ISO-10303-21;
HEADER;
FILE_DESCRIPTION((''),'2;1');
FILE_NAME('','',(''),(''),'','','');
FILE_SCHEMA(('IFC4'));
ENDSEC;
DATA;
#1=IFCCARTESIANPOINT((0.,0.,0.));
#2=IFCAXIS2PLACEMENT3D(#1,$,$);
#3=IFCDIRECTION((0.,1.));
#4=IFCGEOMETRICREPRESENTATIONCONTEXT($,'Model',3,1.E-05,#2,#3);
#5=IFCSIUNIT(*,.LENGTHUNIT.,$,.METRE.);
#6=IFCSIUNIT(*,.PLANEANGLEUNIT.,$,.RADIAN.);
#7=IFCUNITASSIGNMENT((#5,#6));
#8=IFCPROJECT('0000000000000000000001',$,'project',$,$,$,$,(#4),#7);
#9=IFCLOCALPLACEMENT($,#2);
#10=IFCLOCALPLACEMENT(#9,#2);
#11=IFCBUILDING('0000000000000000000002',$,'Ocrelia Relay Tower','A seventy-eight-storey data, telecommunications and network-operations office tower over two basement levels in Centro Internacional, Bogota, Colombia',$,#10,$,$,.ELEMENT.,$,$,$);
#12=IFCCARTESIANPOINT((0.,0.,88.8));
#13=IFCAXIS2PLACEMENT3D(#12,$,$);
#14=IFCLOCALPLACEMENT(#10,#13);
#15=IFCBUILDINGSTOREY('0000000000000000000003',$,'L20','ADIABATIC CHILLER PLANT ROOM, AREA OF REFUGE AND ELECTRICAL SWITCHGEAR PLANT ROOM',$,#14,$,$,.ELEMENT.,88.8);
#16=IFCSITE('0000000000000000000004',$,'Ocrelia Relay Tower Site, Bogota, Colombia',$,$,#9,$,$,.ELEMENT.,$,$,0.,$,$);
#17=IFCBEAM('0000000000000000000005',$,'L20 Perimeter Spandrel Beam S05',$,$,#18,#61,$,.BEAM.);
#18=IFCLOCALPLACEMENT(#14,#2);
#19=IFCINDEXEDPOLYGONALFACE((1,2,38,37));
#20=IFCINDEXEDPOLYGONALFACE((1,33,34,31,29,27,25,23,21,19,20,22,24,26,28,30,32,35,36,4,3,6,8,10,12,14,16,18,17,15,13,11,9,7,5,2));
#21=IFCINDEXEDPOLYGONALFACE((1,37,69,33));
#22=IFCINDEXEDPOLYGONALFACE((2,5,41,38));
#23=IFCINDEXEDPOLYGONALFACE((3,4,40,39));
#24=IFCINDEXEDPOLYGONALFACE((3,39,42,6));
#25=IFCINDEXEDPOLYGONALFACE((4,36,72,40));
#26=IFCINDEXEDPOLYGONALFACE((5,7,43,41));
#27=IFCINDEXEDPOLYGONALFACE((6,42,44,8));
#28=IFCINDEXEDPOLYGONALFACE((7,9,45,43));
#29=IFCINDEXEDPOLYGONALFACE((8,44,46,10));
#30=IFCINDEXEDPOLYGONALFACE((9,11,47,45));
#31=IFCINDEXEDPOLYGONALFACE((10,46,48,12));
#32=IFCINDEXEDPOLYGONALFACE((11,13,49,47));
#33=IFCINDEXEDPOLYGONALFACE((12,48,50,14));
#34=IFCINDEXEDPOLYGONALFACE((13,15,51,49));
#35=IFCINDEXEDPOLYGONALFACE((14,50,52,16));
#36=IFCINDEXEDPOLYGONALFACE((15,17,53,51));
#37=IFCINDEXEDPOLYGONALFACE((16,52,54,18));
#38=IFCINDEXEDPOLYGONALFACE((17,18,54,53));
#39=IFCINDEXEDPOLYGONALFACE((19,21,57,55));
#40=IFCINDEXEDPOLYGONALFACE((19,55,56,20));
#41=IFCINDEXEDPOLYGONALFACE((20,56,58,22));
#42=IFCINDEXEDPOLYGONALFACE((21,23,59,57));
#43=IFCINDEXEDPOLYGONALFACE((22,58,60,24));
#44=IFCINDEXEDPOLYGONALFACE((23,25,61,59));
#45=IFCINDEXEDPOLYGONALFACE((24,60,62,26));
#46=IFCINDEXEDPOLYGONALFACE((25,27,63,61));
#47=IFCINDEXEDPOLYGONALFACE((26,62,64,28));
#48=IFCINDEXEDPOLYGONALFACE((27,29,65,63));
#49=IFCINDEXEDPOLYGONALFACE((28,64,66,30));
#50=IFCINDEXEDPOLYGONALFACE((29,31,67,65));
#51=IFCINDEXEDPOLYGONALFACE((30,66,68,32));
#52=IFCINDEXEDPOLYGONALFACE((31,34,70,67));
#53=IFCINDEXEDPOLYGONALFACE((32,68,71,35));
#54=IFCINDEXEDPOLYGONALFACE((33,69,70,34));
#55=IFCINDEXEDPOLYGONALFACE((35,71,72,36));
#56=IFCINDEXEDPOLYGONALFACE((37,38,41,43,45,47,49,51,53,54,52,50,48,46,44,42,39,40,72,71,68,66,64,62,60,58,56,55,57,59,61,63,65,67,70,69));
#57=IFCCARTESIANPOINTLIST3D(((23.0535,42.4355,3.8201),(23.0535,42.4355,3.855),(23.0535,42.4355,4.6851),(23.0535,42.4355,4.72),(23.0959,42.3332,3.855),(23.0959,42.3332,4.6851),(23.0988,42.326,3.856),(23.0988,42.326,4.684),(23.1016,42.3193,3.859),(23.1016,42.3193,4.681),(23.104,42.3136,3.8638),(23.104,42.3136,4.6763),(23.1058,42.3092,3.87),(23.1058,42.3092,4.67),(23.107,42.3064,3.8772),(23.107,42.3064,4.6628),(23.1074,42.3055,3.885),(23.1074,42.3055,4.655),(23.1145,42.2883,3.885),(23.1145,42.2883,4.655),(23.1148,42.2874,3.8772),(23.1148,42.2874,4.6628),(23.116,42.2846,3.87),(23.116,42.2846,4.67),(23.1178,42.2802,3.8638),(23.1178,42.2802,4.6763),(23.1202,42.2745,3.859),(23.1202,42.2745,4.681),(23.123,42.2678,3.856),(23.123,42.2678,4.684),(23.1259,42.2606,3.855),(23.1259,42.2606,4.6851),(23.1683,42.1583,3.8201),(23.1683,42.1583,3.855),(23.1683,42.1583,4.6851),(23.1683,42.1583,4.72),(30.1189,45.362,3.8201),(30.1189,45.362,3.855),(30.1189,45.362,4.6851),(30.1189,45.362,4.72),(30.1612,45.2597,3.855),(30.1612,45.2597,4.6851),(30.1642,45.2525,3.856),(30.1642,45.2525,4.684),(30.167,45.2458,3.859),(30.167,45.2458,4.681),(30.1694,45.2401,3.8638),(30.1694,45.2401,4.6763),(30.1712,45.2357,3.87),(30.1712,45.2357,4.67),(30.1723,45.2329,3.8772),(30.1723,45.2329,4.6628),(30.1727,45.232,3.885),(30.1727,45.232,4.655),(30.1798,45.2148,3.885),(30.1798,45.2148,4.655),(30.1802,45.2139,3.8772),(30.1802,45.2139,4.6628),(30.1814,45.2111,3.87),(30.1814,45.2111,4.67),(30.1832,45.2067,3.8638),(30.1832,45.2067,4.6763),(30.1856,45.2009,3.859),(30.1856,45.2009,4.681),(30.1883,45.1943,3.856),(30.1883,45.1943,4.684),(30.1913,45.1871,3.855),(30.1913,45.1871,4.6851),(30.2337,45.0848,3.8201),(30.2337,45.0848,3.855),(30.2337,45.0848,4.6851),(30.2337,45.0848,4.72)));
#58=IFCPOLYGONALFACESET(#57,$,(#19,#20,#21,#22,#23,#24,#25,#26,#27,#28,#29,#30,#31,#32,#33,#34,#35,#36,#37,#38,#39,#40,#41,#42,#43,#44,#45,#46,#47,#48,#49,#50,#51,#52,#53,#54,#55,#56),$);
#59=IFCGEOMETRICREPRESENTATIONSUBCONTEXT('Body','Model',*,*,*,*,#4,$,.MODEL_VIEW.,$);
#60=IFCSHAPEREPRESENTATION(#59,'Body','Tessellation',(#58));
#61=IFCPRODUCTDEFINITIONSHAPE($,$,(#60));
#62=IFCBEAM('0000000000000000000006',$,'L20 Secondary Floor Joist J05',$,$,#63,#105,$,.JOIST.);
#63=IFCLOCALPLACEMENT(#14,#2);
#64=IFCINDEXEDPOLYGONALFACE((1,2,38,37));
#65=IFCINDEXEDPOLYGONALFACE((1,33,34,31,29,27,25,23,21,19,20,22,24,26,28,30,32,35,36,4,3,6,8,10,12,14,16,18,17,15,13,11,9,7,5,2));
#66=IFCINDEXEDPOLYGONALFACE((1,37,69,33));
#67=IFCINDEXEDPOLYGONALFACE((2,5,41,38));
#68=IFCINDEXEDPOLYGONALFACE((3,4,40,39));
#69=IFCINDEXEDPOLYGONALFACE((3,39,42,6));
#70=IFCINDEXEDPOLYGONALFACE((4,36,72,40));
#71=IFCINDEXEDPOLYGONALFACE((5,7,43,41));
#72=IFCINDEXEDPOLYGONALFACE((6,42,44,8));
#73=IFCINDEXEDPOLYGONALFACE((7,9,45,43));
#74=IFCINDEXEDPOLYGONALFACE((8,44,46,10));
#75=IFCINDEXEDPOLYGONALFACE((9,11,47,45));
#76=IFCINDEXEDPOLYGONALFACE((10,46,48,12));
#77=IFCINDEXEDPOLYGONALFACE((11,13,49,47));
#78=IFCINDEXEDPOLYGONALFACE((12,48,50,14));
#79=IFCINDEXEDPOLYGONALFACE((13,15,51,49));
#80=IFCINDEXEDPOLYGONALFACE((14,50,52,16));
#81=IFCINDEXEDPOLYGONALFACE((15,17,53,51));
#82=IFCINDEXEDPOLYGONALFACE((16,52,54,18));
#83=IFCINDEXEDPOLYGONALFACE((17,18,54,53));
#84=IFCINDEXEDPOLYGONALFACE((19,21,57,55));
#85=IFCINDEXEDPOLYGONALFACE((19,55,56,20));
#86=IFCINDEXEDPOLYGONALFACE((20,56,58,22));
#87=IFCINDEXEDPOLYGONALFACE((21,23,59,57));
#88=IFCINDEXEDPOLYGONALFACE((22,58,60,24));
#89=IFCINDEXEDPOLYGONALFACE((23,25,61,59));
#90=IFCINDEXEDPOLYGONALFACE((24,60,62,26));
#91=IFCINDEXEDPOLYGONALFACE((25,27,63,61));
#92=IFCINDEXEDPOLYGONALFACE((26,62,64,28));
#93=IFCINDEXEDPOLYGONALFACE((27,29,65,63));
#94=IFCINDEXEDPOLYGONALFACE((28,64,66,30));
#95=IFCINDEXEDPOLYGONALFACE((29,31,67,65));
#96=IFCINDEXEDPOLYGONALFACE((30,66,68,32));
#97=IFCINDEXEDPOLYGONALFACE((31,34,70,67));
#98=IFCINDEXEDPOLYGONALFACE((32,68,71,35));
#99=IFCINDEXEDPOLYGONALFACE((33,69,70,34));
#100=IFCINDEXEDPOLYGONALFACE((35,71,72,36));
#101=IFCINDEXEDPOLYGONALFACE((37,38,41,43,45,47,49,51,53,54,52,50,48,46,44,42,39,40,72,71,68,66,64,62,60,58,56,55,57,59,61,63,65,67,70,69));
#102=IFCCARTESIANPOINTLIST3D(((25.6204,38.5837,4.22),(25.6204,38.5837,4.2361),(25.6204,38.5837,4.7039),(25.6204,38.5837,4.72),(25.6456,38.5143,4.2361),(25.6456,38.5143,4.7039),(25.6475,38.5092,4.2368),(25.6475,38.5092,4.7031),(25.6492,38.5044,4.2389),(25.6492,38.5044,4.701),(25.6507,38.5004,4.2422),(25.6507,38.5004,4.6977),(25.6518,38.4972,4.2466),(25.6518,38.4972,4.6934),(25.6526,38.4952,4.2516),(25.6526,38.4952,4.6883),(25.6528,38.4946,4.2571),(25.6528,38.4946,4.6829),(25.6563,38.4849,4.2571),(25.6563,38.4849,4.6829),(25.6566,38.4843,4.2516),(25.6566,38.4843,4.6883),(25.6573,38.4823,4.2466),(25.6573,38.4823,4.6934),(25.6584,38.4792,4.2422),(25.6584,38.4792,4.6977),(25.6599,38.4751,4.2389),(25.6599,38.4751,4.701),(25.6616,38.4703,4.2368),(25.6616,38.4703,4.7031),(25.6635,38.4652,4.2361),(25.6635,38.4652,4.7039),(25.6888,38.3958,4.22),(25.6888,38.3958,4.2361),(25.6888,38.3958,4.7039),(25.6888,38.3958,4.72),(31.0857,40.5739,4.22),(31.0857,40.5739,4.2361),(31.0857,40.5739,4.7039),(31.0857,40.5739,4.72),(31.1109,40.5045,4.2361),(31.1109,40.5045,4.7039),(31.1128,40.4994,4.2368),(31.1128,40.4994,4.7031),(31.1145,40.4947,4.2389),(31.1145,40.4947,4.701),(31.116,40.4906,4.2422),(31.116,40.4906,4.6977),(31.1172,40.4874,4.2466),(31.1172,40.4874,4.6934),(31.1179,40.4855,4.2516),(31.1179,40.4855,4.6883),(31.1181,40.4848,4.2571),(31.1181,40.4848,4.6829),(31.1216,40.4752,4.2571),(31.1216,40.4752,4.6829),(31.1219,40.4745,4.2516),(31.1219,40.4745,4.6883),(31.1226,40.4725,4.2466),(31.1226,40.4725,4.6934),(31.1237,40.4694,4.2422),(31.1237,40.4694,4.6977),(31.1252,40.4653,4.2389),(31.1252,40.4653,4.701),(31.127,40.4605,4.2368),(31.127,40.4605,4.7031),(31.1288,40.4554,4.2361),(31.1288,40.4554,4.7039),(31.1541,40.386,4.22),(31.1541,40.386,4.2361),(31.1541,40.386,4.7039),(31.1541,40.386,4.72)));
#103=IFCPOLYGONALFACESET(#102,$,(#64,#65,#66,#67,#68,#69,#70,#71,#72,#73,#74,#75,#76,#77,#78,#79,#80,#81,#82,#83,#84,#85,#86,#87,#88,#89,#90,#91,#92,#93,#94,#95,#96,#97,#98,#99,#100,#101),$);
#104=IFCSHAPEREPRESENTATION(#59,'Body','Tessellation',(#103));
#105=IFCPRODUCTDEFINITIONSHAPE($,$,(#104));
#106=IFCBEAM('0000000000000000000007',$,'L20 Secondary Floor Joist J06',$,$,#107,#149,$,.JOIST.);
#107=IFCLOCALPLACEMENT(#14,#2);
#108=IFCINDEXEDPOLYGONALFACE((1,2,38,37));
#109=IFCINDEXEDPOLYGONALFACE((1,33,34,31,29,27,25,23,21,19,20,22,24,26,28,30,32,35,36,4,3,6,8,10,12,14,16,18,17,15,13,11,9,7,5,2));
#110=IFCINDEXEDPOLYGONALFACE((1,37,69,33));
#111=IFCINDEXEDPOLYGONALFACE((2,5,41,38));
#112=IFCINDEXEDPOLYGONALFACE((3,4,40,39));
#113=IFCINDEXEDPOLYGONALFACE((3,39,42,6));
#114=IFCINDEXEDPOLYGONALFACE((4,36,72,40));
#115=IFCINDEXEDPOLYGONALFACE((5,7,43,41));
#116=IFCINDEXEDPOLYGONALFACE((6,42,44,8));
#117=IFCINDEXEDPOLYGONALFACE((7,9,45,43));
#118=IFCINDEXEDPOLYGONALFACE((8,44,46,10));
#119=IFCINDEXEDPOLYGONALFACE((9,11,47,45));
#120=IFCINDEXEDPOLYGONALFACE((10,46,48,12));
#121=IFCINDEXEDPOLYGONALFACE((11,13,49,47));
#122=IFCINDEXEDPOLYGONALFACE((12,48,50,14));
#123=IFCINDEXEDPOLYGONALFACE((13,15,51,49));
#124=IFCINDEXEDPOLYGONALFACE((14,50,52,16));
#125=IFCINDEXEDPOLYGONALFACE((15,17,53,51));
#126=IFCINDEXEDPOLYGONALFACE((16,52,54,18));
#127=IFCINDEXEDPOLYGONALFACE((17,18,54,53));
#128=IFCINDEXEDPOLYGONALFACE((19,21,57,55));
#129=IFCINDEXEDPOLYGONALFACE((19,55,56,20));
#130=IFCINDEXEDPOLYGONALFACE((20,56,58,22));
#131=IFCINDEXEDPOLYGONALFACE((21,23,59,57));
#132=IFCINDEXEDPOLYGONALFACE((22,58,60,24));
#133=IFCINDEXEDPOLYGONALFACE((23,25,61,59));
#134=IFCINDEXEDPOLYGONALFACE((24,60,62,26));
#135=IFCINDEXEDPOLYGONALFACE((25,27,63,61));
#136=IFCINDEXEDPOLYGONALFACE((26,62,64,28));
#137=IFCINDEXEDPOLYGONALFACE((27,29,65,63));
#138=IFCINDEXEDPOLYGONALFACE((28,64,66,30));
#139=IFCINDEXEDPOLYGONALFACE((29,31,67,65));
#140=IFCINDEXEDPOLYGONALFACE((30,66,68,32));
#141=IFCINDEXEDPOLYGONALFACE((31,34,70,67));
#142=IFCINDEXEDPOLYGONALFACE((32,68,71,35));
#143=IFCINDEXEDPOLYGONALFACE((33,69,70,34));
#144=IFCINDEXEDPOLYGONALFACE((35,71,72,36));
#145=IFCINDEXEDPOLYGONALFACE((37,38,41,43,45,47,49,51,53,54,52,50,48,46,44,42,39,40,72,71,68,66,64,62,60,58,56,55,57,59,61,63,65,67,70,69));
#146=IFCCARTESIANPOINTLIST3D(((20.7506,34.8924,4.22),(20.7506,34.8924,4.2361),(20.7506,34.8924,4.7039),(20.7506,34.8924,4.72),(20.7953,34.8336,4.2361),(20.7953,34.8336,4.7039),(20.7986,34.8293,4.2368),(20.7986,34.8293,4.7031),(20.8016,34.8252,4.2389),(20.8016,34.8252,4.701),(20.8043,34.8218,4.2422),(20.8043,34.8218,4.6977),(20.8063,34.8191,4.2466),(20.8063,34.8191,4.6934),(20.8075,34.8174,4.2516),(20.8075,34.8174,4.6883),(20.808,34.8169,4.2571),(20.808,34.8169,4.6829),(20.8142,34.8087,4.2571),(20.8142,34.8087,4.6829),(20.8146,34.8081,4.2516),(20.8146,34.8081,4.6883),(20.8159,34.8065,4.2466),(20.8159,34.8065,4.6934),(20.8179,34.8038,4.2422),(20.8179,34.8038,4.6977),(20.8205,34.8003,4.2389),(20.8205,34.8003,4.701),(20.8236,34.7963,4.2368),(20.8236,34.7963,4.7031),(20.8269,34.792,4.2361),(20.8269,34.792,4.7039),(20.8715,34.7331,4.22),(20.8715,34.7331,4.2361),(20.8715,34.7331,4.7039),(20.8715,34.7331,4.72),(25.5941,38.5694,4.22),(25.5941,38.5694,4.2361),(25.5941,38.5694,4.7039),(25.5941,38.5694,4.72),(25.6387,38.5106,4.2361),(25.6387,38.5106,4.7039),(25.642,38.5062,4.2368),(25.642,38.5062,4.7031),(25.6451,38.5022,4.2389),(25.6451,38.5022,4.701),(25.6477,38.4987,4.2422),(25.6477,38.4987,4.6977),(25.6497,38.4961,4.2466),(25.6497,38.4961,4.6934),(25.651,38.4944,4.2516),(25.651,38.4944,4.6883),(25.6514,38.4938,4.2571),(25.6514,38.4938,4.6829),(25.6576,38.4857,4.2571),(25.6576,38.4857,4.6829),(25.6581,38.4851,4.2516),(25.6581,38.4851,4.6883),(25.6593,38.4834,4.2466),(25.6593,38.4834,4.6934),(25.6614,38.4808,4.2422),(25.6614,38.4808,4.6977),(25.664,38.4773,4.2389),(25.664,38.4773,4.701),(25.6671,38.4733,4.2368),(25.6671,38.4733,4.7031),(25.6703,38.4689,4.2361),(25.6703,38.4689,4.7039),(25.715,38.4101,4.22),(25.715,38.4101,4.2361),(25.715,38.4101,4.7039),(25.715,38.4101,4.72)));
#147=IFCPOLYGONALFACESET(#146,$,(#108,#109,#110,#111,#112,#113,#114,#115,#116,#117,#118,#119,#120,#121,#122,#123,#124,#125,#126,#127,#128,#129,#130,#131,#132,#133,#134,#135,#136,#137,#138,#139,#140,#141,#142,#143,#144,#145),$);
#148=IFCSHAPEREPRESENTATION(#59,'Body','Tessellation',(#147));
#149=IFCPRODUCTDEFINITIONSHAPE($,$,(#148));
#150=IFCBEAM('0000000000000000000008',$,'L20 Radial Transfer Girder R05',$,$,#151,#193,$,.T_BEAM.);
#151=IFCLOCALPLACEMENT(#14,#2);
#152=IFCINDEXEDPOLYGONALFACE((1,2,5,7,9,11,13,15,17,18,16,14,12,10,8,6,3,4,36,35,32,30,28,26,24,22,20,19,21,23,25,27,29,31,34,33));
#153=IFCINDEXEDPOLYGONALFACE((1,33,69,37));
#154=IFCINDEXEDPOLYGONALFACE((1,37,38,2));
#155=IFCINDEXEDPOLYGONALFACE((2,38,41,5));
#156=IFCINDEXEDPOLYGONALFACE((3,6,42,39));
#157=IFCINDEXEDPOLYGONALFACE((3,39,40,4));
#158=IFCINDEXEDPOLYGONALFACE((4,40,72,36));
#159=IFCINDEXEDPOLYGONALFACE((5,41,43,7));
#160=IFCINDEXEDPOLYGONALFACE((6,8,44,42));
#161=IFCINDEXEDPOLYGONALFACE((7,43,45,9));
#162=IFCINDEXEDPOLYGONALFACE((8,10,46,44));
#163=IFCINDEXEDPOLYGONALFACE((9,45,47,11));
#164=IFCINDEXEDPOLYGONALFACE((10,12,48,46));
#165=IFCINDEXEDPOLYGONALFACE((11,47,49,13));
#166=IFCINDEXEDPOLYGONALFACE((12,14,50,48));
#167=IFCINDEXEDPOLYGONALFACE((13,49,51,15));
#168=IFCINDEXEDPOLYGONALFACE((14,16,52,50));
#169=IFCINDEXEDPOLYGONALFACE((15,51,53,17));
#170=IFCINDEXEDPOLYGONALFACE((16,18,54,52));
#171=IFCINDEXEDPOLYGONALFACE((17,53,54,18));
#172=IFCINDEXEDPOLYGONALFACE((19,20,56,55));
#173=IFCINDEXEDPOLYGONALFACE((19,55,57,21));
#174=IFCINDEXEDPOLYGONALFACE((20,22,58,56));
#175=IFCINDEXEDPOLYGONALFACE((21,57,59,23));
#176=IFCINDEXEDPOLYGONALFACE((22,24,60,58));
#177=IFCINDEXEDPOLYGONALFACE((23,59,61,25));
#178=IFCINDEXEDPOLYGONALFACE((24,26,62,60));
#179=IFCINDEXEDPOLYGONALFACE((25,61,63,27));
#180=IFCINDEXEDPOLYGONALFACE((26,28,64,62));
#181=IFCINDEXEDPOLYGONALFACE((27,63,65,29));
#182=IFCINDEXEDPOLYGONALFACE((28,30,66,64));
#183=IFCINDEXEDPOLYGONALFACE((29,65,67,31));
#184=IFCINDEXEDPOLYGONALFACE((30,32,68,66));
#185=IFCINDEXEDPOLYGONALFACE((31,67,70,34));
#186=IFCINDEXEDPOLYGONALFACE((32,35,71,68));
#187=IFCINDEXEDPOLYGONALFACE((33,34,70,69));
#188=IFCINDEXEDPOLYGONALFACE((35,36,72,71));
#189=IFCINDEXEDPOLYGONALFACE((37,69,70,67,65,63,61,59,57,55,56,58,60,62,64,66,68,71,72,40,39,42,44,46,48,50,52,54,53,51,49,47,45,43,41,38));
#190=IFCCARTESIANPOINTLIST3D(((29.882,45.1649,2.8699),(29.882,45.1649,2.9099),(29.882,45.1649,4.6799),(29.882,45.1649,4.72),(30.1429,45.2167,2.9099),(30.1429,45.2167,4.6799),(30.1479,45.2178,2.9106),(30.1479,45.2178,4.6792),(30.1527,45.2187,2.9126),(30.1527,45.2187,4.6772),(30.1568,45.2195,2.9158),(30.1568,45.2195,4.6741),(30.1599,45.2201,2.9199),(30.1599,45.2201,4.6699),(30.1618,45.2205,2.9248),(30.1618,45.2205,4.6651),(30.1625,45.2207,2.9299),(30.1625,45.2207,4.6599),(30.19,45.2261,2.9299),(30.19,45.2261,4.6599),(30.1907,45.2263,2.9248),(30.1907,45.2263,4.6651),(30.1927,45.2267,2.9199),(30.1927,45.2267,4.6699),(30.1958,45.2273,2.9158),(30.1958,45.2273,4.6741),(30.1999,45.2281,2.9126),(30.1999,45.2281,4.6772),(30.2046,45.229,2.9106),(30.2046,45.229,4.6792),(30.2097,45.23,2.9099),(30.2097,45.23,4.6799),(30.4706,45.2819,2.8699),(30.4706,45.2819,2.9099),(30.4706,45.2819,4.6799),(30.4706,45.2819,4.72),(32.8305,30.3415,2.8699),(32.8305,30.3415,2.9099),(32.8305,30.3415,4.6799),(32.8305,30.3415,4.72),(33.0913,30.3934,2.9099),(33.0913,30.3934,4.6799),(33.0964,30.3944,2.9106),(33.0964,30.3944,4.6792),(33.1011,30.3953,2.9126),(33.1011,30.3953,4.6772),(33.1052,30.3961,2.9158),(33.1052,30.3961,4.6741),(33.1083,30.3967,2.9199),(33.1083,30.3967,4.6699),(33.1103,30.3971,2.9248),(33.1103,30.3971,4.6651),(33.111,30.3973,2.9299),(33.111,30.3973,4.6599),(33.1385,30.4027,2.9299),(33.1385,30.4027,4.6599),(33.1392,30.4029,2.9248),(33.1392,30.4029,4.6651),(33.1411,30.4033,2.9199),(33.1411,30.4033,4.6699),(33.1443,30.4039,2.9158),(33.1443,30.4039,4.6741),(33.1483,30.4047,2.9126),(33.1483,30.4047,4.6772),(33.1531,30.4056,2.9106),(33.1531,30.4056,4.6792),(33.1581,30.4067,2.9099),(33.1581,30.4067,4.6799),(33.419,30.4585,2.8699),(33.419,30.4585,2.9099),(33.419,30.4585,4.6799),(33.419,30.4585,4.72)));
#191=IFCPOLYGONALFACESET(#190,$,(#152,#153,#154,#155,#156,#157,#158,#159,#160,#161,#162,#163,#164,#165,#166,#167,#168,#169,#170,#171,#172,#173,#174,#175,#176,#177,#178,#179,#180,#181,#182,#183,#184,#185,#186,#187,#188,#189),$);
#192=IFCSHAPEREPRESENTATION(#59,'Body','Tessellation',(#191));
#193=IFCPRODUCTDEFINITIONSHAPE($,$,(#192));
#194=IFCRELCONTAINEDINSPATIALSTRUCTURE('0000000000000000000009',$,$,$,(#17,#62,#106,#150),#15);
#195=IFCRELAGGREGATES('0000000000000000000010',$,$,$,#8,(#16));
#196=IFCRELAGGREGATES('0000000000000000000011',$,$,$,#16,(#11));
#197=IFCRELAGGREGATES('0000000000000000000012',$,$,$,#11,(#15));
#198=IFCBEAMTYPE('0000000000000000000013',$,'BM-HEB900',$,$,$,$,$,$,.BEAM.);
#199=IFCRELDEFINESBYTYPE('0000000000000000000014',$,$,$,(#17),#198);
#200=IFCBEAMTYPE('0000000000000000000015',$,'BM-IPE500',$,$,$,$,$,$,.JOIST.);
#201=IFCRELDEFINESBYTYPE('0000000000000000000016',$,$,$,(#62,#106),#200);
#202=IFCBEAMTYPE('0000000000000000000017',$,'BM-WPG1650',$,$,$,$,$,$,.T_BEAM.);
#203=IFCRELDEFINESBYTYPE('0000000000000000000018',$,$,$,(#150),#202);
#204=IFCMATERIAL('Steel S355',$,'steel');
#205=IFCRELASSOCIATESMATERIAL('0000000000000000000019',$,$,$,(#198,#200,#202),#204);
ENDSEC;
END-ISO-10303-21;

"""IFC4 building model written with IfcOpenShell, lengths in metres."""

from ifc_helpers import new_model, si_unit, direction, frame, origin, origin_2d, place, context, subcontext, project, spatial, i_section, extrude, material, material_profile, profile_set, type_object, element, save


model = new_model("IFC4")

# Units and contexts
model_context = context("Model", 3, precision=1e-05, world=origin(), true_north=direction((0.0, 1.0)))
body_context = subcontext(model_context, "Body", "Model", "MODEL_VIEW")
ifc_project = project(units=[si_unit("LENGTHUNIT", "METRE"), si_unit("PLANEANGLEUNIT", "RADIAN")], contexts=[model_context])

# Site, building, storey
site_placement = place(None, origin())
site = spatial("IfcSite", under=ifc_project, at=site_placement, Name="Ocrelia Relay Tower Site, Bogota, Colombia", CompositionType="ELEMENT", RefElevation=0.0)
building_placement = place(site_placement, origin())
building = spatial("IfcBuilding", under=site, at=building_placement, Name="Ocrelia Relay Tower", Description="A seventy-eight-storey data, telecommunications and network-operations office tower over two basement levels in Centro Internacional, Bogota, Colombia", CompositionType="ELEMENT")
storey_placement = place(building_placement, frame((0.0, 0.0, 88.8)))
storey = spatial("IfcBuildingStorey", under=building, at=storey_placement, Name="L20", Description="ADIABATIC CHILLER PLANT ROOM, AREA OF REFUGE AND ELECTRICAL SWITCHGEAR PLANT ROOM", CompositionType="ELEMENT", Elevation=88.8)

# Beams
ifc_material_1 = material(Name="Steel S355", Category="steel")
ifc_material_profile_1 = material_profile(ifc_material_1, i_section(OverallWidth=0.3, OverallDepth=0.8999, WebThickness=0.0186, FlangeThickness=0.0349, FilletRadius=0.03, at=origin_2d()), Name="HEB 900")
ifc_profile_set_1 = profile_set([ifc_material_profile_1], Name="Steel S355")
beam_type_1 = type_object("IfcBeamType", Name="BM-HEB900", PredefinedType="BEAM", material=ifc_profile_set_1)
beam_1_placement = place(storey_placement, frame((30.1763, 45.2234, 4.27), z_axis=(-0.923883, -0.382674, 0.0), x_axis=(0.382674, -0.923883, 0.0)))
element("IfcBeam", 1, at=beam_1_placement, inside=storey, type_object=beam_type_1, Name="L20 Perimeter Spandrel Beam S05", PredefinedType="BEAM", context=body_context, shape_type="SweptSolid", body=[
    extrude(i_section(OverallWidth=0.3, OverallDepth=0.8999, WebThickness=0.0186, FlangeThickness=0.0349, FilletRadius=0.03, at=origin_2d()), origin(), (0.0, 0.0, 1.0), 7.6475),
])
ifc_material_profile_2 = material_profile(ifc_material_1, i_section(OverallWidth=0.2, OverallDepth=0.5, WebThickness=0.0103, FlangeThickness=0.0161, FilletRadius=0.021, at=origin_2d()), Name="IPE 500")
ifc_profile_set_2 = profile_set([ifc_material_profile_2], Name="Steel S355")
beam_type_2 = type_object("IfcBeamType", Name="BM-IPE500", PredefinedType="JOIST", material=ifc_profile_set_2)
beam_2_placement = place(storey_placement, frame((31.1199, 40.48, 4.47), z_axis=(-0.939636, -0.342174, 0.0), x_axis=(0.342174, -0.939636, 0.0)))
element("IfcBeam", 2, at=beam_2_placement, inside=storey, type_object=beam_type_2, Name="L20 Secondary Floor Joist J05", PredefinedType="JOIST", context=body_context, shape_type="SweptSolid", body=[
    extrude(i_section(OverallWidth=0.2, OverallDepth=0.5, WebThickness=0.0103, FlangeThickness=0.0161, FilletRadius=0.021, at=origin_2d()), origin(), (0.0, 0.0, 1.0), 5.8164),
])
beam_3_placement = place(storey_placement, frame((25.6545, 38.4897, 4.47), z_axis=(-0.796484, -0.60466, 0.0), x_axis=(0.60466, -0.796484, 0.0)))
element("IfcBeam", 3, at=beam_3_placement, inside=storey, type_object=beam_type_2, Name="L20 Secondary Floor Joist J06", PredefinedType="JOIST", context=body_context, shape_type="SweptSolid", body=[
    extrude(i_section(OverallWidth=0.2, OverallDepth=0.5, WebThickness=0.0103, FlangeThickness=0.0161, FilletRadius=0.021, at=origin_2d()), origin(), (0.0, 0.0, 1.0), 6.0811),
])
ifc_material_profile_3 = material_profile(ifc_material_1, i_section(OverallWidth=0.6001, OverallDepth=1.8501, WebThickness=0.0281, FlangeThickness=0.04, FilletRadius=0.02, at=origin_2d()), Name="WPG 1850x600")
ifc_profile_set_3 = profile_set([ifc_material_profile_3], Name="Steel S355")
beam_type_3 = type_object("IfcBeamType", Name="BM-WPG1650", PredefinedType="T_BEAM", material=ifc_profile_set_3)
beam_4_placement = place(storey_placement, frame((30.1763, 45.2234, 3.7949), z_axis=(0.195085, -0.980786, 0.0), x_axis=(0.980786, 0.195085, 0.0)))
element("IfcBeam", 4, at=beam_4_placement, inside=storey, type_object=beam_type_3, Name="L20 Radial Transfer Girder R05", PredefinedType="T_BEAM", context=body_context, shape_type="SweptSolid", body=[
    extrude(i_section(OverallWidth=0.6001, OverallDepth=1.8501, WebThickness=0.0281, FlangeThickness=0.04, FilletRadius=0.02, at=origin_2d()), origin(), (0.0, 0.0, 1.0), 15.1138),
])

save(model, "model.ifc")
